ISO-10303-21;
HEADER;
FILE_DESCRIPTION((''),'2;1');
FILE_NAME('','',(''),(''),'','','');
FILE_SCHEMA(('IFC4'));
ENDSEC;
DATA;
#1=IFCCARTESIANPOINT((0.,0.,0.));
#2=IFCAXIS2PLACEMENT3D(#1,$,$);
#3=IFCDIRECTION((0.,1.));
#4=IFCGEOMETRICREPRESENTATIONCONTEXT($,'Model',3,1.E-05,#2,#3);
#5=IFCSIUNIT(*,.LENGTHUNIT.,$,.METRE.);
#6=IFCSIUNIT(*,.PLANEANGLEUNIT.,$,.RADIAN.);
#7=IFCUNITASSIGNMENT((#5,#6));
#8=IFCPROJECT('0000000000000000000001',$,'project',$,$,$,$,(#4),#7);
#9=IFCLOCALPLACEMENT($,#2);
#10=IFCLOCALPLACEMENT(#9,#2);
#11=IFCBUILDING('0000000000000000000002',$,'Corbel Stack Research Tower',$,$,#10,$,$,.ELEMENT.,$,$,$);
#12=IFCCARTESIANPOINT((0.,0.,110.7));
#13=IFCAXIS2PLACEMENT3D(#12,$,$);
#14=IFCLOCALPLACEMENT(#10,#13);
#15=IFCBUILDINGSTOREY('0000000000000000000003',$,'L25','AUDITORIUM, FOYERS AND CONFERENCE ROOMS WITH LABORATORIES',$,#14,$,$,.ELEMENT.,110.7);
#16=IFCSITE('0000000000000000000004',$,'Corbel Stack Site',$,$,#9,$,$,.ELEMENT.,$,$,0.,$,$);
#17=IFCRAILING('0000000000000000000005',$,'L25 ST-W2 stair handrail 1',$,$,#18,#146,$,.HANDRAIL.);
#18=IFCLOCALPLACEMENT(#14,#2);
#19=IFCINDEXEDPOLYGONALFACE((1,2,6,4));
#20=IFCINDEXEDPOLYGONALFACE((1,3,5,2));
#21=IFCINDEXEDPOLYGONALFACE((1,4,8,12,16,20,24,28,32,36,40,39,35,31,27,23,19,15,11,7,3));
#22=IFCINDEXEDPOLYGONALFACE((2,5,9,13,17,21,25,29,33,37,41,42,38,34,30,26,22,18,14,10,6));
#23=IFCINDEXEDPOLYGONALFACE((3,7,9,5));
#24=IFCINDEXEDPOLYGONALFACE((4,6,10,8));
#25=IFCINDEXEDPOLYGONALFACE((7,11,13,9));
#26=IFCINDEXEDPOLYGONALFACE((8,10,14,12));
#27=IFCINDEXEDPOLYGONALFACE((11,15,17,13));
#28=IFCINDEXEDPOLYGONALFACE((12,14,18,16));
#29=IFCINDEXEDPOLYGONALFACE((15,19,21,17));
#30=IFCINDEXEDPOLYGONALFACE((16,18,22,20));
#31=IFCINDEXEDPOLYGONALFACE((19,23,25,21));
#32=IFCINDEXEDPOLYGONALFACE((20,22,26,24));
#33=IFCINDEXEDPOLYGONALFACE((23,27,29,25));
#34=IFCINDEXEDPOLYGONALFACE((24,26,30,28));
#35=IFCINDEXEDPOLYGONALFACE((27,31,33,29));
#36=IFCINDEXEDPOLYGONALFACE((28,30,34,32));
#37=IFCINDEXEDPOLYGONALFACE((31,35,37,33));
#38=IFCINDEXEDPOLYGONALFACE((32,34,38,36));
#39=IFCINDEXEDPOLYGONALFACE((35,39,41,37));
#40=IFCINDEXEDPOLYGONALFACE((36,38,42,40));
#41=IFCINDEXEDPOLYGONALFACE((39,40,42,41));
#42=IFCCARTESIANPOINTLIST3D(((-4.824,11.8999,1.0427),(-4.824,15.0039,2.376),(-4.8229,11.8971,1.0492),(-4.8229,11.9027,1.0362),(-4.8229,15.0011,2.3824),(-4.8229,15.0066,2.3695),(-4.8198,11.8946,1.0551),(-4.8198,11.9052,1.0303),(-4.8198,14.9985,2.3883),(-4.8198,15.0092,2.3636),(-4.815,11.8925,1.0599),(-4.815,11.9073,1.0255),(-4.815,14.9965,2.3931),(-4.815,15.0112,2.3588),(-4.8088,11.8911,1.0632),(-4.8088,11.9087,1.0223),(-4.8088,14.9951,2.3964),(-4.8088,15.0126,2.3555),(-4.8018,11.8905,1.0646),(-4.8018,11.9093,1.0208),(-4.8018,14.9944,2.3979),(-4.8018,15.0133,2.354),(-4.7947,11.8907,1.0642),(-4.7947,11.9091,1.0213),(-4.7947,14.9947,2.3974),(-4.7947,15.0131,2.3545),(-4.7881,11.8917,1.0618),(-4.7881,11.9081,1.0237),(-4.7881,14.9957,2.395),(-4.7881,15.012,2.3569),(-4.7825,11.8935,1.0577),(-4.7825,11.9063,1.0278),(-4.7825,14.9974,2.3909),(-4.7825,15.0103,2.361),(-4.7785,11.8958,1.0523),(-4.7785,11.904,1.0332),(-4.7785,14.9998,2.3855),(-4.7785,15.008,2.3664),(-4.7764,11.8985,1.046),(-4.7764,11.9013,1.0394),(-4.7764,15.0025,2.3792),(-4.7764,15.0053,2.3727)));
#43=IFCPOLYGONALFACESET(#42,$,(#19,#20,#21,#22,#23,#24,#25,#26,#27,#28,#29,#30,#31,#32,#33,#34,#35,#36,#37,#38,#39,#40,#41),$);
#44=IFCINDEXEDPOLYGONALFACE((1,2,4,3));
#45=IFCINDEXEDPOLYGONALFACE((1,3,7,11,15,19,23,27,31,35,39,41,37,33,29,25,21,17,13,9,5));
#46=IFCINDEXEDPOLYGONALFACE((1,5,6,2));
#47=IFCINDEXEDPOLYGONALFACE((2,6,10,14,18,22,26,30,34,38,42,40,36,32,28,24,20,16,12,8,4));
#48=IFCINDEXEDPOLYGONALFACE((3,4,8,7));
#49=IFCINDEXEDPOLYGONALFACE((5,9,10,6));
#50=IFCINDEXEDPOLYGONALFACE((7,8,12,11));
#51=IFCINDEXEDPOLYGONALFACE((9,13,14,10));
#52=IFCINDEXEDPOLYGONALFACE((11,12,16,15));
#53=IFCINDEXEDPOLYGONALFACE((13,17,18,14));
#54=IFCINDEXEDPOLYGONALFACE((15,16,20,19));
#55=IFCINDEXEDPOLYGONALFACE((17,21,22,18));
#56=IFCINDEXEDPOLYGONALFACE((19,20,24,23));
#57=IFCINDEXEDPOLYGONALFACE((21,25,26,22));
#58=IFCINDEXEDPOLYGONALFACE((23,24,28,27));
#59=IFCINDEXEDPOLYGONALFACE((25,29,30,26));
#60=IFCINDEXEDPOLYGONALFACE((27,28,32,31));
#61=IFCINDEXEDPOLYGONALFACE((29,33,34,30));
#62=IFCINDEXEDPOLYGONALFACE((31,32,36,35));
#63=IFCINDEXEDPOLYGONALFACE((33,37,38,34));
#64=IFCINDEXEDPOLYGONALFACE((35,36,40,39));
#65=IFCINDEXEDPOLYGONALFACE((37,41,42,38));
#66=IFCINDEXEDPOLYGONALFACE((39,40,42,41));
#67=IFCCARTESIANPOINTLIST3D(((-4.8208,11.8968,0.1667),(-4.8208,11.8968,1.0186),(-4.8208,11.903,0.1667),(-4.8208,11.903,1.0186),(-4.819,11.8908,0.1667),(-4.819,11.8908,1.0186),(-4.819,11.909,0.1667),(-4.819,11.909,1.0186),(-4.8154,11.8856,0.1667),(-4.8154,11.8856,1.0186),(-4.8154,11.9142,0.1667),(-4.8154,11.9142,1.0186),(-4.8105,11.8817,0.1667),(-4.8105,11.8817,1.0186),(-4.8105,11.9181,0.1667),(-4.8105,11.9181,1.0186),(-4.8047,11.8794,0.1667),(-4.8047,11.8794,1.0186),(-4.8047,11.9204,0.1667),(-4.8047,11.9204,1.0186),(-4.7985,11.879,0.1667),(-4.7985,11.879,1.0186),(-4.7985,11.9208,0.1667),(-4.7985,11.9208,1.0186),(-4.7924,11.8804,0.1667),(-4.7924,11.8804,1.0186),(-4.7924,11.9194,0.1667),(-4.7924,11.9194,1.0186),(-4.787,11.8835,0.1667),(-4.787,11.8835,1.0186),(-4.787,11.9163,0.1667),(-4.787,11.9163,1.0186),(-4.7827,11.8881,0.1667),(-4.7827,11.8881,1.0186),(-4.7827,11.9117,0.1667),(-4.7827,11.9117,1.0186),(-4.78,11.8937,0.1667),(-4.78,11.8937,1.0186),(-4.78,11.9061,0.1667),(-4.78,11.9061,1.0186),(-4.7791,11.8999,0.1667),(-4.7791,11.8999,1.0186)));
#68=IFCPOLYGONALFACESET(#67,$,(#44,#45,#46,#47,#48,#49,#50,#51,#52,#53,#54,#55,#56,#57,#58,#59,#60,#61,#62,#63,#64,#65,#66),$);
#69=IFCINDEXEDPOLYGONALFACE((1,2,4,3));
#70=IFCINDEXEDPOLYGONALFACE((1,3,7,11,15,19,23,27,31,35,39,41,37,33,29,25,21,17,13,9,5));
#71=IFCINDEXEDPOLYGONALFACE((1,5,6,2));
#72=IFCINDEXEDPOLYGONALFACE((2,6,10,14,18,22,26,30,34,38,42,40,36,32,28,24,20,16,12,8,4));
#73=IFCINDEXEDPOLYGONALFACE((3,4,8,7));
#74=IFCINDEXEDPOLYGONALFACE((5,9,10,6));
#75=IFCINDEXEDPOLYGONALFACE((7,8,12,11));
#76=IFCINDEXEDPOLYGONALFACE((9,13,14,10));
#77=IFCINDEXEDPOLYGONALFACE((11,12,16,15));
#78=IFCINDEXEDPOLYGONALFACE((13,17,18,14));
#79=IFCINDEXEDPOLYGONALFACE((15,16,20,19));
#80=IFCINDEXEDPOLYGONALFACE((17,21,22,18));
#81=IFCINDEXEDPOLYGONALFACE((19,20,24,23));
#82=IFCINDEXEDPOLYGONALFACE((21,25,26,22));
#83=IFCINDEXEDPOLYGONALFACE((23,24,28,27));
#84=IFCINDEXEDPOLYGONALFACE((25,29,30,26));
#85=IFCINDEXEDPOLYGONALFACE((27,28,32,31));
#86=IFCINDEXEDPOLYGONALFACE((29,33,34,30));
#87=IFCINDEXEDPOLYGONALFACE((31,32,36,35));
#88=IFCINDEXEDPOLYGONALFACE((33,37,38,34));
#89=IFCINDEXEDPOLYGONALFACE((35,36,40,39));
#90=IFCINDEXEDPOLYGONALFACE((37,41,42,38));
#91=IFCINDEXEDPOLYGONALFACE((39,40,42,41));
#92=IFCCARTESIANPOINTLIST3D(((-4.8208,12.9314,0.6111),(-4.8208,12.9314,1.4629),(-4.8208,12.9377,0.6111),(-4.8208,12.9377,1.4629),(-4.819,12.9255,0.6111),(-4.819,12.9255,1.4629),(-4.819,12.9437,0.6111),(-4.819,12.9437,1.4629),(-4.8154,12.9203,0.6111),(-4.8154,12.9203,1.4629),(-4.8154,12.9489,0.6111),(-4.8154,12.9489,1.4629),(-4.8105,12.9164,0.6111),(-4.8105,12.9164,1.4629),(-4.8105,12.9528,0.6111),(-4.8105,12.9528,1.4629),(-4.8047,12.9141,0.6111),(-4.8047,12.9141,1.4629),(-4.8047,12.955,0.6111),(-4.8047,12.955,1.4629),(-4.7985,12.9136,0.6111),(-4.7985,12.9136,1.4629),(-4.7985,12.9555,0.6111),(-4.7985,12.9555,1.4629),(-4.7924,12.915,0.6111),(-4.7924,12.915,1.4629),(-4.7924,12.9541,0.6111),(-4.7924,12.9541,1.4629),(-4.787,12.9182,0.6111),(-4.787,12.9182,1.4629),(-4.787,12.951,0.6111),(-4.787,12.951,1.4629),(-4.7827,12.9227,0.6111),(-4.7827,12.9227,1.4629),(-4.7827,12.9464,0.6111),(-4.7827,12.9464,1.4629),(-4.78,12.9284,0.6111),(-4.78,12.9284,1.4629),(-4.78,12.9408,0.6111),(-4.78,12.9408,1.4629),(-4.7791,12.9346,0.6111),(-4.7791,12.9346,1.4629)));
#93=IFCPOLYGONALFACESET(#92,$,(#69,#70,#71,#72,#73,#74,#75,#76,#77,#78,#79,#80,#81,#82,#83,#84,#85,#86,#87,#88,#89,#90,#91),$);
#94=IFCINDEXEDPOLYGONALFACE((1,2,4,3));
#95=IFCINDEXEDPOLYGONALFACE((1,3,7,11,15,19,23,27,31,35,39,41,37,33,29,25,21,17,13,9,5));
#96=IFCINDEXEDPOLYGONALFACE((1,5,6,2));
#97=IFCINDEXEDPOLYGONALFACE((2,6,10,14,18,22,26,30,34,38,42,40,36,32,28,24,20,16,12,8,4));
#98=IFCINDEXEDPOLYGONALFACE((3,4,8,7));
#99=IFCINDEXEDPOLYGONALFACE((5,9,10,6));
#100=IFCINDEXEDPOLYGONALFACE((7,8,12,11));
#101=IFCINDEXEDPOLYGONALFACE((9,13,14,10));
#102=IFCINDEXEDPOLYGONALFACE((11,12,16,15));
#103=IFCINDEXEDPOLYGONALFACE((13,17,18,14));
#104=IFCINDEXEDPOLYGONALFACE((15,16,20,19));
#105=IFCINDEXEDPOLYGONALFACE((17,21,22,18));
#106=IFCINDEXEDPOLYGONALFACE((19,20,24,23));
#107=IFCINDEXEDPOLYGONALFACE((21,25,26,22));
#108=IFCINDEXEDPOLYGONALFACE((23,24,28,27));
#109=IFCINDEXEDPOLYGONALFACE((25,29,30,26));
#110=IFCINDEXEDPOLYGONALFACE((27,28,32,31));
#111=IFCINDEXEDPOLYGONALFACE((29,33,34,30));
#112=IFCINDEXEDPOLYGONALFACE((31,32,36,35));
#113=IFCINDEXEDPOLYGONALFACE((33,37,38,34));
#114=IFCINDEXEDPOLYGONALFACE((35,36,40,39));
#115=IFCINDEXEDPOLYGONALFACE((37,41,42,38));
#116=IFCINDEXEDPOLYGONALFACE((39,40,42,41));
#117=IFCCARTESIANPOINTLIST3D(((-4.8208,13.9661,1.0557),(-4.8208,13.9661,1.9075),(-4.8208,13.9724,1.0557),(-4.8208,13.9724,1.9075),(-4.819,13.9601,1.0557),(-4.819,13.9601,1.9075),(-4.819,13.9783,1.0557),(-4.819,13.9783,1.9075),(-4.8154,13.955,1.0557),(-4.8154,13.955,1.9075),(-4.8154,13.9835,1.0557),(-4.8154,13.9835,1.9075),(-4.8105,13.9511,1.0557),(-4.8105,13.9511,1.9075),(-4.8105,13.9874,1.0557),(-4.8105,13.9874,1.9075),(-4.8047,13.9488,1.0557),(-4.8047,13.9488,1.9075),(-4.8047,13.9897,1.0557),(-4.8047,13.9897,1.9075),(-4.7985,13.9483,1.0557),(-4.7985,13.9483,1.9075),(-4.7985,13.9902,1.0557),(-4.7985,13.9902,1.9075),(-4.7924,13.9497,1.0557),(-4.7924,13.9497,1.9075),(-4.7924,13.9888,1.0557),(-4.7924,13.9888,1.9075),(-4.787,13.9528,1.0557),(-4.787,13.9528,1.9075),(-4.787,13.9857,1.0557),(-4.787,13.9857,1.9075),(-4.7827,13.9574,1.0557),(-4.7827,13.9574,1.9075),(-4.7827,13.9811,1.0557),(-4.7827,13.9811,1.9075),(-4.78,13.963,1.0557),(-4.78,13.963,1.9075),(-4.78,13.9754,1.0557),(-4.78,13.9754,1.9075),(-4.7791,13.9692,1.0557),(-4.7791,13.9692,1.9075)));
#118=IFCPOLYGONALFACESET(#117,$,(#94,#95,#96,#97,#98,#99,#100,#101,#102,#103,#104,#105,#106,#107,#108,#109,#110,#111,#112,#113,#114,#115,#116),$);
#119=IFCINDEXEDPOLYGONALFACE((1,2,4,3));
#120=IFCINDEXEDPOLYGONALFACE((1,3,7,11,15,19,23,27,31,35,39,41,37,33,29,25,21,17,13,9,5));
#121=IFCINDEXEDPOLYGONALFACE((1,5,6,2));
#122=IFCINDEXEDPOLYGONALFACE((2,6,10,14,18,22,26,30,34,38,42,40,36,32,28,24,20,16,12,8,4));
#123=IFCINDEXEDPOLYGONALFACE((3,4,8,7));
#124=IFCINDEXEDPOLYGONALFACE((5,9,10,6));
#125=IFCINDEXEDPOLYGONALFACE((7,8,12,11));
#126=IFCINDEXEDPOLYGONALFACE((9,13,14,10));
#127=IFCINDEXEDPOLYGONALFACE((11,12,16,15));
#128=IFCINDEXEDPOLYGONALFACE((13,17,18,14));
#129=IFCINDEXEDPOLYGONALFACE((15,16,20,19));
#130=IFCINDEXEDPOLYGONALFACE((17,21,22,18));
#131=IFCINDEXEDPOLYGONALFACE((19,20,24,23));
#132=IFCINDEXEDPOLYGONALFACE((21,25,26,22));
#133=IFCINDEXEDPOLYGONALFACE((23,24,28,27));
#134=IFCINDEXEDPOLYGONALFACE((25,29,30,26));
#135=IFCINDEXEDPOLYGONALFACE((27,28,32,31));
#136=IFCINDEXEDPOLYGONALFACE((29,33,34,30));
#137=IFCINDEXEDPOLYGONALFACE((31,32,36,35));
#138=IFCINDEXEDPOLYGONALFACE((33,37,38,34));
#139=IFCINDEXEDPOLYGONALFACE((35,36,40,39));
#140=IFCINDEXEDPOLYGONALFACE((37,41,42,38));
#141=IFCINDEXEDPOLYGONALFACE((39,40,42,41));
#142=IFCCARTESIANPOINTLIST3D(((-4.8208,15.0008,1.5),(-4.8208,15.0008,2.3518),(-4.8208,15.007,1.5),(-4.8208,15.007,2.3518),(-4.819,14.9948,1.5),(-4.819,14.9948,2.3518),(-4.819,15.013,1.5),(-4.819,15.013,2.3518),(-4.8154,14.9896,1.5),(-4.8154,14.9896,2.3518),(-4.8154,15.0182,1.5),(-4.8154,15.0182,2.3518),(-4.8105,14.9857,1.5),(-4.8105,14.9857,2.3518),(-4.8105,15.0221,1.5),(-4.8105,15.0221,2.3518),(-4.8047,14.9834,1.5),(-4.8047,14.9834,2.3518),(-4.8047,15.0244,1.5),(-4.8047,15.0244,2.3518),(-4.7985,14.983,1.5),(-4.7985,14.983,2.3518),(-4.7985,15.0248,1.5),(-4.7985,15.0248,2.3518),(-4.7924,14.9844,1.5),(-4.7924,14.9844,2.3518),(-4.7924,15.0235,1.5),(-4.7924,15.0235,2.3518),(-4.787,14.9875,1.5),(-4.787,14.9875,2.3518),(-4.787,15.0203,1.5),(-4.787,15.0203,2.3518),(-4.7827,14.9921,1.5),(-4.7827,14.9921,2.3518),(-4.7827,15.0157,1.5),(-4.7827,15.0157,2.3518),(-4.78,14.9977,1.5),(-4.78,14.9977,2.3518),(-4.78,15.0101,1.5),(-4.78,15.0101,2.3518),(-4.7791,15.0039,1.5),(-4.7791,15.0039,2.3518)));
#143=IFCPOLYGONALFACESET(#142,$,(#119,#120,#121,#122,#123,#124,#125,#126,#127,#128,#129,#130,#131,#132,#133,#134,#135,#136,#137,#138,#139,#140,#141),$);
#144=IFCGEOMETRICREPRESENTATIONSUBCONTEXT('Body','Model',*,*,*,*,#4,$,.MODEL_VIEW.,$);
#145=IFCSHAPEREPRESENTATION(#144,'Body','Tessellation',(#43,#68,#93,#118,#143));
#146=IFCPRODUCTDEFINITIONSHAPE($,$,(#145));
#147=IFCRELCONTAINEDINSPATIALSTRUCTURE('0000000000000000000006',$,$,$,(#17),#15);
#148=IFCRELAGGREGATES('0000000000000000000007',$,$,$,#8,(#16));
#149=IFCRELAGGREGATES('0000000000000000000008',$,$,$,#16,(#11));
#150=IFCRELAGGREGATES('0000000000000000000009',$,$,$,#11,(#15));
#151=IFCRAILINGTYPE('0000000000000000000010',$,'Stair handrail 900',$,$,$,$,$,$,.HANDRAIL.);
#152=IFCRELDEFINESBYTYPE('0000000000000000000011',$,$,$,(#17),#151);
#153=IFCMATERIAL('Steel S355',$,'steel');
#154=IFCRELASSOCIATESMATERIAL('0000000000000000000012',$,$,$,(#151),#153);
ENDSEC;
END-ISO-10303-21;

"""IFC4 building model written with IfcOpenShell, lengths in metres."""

from ifc_helpers import new_model, si_unit, direction, frame, origin, origin_2d, place, context, subcontext, project, spatial, circle, extrude, material, type_object, element, save


model = new_model("IFC4")

# Units and contexts
model_context = context("Model", 3, precision=1e-05, world=origin(), true_north=direction((0.0, 1.0)))
body_context = subcontext(model_context, "Body", "Model", "MODEL_VIEW")
ifc_project = project(units=[si_unit("LENGTHUNIT", "METRE"), si_unit("PLANEANGLEUNIT", "RADIAN")], contexts=[model_context])

# Site, building, storey
site_placement = place(None, origin())
site = spatial("IfcSite", under=ifc_project, at=site_placement, Name="Corbel Stack Site", CompositionType="ELEMENT", RefElevation=0.0)
building_placement = place(site_placement, origin())
building = spatial("IfcBuilding", under=site, at=building_placement, Name="Corbel Stack Research Tower", CompositionType="ELEMENT")
storey_placement = place(building_placement, frame((0.0, 0.0, 110.7)))
storey = spatial("IfcBuildingStorey", under=building, at=storey_placement, Name="L25", Description="AUDITORIUM, FOYERS AND CONFERENCE ROOMS WITH LABORATORIES", CompositionType="ELEMENT", Elevation=110.7)

# Railing
ifc_material_1 = material(Name="Steel S355", Category="steel")
railing_type_1 = type_object("IfcRailingType", Name="Stair handrail 900", PredefinedType="HANDRAIL", material=ifc_material_1)
railing_1_placement = place(storey_placement, frame((-4.8, 11.8999, 0.1667)))
element("IfcRailing", 1, at=railing_1_placement, inside=storey, type_object=railing_type_1, Name="L25 ST-W2 stair handrail 1", PredefinedType="HANDRAIL", context=body_context, shape_type="SweptSolid", body=[
    extrude(circle(Radius=0.0239, at=origin_2d()), frame((0.0, 0.0, 0.876), z_axis=(0.0, 0.918827, 0.394661), x_axis=(-1.0, 0.0, 0.0)), (0.0, 0.0, 1.0), 3.3782),
    extrude(circle(Radius=0.021, at=origin_2d()), origin(), (0.0, 0.0, 1.0), 0.8518),
    extrude(circle(Radius=0.021, at=origin_2d()), frame((0.0, 1.0347, 0.4443)), (0.0, 0.0, 1.0), 0.8518),
    extrude(circle(Radius=0.021, at=origin_2d()), frame((0.0, 2.0693, 0.8889)), (0.0, 0.0, 1.0), 0.8518),
    extrude(circle(Radius=0.021, at=origin_2d()), frame((0.0, 3.104, 1.3333)), (0.0, 0.0, 1.0), 0.8518),
])

save(model, "model.ifc")
